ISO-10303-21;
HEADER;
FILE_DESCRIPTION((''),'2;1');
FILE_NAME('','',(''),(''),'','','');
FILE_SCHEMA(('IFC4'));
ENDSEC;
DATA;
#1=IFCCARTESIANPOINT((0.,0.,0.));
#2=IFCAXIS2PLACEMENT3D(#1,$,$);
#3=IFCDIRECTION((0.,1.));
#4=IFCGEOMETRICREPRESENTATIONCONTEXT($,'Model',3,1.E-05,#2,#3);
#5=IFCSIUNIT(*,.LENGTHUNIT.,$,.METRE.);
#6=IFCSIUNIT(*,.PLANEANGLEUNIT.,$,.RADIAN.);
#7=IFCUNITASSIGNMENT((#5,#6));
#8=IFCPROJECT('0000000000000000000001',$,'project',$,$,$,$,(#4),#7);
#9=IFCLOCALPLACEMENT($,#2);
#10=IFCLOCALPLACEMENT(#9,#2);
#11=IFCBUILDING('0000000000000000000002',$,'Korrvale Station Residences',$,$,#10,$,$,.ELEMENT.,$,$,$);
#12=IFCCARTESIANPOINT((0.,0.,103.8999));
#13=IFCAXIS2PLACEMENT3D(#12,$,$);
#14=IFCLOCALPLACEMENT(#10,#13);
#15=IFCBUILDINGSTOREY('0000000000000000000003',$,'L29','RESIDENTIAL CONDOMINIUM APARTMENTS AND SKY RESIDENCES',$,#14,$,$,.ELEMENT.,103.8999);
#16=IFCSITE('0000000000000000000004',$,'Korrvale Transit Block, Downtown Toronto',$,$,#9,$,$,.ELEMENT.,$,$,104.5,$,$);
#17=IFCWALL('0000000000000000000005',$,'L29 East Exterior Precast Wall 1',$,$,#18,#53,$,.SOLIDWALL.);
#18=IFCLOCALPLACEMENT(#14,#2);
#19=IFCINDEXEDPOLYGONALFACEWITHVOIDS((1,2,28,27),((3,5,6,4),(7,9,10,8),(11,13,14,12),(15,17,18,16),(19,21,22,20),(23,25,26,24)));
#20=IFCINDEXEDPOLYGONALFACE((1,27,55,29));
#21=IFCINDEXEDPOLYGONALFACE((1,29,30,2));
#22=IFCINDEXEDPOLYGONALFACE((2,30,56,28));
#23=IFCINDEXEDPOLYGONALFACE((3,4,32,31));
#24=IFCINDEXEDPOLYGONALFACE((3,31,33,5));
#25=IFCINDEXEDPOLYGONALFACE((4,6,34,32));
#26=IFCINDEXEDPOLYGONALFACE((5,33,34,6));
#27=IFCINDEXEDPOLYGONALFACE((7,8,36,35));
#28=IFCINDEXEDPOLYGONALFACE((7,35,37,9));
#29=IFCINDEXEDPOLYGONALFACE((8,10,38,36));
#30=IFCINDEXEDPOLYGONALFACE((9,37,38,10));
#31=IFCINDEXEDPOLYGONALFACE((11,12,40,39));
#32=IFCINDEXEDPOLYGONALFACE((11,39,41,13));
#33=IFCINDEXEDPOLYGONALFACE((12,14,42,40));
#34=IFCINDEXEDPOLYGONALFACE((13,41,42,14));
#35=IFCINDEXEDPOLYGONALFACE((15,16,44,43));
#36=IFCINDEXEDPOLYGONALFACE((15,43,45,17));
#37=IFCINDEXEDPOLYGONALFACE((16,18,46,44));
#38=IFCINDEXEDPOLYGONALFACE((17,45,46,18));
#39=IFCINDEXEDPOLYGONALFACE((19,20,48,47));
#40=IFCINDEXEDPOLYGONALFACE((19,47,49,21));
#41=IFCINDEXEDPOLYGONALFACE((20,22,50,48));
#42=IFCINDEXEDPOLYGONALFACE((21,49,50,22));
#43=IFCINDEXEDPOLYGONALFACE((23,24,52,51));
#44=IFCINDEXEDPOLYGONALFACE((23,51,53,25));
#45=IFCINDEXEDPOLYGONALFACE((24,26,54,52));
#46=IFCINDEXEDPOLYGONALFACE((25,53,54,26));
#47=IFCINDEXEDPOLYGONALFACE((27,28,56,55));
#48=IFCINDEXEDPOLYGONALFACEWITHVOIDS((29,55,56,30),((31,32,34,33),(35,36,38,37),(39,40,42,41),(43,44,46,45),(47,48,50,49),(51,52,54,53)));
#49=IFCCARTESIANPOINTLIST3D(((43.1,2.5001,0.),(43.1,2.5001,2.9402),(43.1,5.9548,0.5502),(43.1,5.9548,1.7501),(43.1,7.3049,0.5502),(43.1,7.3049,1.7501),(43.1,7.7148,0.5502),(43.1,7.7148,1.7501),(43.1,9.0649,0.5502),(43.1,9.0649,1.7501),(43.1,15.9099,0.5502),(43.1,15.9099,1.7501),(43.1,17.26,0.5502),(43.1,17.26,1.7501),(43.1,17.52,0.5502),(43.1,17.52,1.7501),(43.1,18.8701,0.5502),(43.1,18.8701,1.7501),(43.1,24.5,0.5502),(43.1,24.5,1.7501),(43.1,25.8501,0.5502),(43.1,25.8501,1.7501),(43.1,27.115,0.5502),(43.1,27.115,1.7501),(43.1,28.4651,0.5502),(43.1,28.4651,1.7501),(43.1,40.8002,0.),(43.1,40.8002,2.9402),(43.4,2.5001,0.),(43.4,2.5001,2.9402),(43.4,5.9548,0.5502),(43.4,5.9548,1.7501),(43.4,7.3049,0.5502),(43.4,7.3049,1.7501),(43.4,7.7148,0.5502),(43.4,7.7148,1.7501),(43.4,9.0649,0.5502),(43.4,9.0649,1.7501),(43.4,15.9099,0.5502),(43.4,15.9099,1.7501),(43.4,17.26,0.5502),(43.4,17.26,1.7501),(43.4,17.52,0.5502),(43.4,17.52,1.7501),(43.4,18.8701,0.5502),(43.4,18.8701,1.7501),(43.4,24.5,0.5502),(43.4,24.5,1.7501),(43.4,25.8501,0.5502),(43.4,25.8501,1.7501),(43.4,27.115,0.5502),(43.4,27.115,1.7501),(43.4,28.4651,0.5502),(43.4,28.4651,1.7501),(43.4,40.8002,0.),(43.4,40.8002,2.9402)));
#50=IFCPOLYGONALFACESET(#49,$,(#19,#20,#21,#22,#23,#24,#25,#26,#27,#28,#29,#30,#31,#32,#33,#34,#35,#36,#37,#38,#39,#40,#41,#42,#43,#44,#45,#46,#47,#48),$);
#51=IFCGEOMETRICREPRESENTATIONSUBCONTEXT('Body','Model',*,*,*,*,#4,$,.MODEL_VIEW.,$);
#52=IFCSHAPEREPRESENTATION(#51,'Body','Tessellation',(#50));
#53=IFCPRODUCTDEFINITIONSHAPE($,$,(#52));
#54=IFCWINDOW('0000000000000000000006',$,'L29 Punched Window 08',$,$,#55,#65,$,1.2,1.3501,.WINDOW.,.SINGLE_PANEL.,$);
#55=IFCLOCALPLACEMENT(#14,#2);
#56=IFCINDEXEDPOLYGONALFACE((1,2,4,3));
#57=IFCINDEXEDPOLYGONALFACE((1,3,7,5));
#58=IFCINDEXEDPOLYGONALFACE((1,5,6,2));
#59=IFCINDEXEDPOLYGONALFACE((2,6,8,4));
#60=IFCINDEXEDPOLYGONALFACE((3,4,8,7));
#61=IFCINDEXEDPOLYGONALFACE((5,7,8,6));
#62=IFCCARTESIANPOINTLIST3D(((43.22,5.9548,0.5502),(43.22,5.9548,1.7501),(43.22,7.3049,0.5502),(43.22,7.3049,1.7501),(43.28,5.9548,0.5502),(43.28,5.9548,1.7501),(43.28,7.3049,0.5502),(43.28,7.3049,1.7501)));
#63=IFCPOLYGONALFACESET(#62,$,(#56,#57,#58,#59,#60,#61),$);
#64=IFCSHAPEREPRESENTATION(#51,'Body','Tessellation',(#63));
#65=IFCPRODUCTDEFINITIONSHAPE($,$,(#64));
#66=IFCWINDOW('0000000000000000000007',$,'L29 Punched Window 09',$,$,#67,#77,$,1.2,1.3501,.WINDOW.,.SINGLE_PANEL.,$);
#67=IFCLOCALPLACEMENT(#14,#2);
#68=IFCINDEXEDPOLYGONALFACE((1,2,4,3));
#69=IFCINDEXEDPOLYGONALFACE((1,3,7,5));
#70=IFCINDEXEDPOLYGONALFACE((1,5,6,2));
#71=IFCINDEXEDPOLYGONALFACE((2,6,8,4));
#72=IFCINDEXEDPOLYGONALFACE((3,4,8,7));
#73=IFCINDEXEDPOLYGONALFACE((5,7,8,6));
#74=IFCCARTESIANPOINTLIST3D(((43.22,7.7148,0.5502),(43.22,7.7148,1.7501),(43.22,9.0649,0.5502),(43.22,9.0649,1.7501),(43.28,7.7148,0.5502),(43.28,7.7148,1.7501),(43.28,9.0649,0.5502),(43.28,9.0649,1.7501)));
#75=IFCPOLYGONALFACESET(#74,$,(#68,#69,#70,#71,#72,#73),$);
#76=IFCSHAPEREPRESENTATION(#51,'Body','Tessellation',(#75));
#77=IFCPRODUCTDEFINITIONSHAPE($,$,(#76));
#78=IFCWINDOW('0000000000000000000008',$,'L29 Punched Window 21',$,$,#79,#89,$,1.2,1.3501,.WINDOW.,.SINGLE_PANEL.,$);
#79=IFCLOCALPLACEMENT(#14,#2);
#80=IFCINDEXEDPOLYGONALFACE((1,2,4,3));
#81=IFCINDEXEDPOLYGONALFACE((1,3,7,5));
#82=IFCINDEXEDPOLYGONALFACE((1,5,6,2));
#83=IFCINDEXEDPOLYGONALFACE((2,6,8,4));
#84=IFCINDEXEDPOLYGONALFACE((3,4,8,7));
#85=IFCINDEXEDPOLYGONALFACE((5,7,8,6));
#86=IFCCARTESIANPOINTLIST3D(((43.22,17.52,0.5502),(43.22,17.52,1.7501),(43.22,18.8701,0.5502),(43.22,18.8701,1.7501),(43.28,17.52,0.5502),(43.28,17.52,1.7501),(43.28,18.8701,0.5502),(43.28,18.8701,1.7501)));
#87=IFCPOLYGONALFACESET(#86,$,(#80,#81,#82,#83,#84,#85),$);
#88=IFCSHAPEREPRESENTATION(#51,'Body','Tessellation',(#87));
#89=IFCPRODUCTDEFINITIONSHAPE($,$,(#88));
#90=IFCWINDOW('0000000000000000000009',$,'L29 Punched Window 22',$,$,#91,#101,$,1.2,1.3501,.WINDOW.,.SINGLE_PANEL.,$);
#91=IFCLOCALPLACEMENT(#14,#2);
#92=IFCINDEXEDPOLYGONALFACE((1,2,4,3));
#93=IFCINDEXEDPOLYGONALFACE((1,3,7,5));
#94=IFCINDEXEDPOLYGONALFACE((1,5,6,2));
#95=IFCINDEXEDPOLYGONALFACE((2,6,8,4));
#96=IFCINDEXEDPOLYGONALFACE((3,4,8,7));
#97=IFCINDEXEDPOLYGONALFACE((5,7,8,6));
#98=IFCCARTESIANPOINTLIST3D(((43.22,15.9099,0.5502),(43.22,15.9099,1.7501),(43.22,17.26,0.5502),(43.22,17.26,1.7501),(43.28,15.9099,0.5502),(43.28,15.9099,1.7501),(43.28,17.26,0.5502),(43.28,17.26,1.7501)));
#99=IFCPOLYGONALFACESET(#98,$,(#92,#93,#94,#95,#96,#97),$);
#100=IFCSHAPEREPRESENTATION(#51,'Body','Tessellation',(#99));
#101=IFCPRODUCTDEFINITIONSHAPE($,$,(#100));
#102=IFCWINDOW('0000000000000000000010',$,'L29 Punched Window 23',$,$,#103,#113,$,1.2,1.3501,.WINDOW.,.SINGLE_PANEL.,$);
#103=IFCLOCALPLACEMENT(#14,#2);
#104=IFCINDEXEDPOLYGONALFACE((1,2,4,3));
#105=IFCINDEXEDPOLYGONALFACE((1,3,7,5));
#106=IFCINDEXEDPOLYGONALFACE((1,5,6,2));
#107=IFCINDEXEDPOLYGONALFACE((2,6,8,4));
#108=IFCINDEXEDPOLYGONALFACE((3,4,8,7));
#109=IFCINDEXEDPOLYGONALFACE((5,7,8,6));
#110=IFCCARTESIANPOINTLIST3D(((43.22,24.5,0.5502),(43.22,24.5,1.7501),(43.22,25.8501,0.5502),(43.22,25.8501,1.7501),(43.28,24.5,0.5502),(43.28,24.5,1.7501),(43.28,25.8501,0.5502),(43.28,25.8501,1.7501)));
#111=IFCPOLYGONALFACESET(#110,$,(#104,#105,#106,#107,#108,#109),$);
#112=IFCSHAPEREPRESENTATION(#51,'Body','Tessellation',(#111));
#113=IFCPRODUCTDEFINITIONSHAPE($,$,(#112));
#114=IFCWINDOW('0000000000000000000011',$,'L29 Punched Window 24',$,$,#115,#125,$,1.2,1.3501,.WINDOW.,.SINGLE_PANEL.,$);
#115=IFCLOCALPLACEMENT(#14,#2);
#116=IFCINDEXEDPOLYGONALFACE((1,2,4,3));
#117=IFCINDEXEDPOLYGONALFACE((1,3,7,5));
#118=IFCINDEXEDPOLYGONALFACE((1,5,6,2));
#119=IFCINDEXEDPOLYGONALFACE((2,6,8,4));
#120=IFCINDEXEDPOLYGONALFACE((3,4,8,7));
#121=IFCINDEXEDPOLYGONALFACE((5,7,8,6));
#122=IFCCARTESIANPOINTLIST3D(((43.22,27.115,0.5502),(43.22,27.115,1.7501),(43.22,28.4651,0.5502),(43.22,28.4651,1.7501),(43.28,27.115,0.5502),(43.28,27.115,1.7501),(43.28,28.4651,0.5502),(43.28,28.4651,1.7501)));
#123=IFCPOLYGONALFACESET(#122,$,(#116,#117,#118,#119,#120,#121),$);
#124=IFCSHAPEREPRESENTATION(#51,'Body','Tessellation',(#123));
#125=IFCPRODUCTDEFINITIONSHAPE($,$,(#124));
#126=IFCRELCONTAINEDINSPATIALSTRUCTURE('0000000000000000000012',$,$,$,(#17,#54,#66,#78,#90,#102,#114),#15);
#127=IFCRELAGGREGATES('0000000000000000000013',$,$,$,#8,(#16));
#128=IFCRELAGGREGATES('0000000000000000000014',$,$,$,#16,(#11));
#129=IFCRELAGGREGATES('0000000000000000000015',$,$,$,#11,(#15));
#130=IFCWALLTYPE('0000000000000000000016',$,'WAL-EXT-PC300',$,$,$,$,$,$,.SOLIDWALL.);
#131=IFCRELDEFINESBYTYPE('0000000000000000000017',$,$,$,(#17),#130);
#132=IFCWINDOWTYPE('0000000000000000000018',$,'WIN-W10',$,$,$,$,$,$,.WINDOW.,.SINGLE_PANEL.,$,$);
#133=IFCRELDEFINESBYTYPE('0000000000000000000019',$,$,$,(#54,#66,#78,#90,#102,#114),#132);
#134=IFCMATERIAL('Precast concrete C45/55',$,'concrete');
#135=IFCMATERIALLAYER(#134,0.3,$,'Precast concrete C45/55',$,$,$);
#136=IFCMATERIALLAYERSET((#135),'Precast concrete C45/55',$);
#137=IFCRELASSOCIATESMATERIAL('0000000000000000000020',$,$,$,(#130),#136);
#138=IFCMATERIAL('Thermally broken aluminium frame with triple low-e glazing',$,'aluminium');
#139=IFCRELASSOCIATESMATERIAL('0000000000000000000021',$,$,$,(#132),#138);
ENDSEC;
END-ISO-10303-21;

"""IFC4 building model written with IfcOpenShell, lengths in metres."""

from ifc_helpers import new_model, si_unit, direction, frame, frame_2d, origin, place, context, subcontext, project, spatial, rectangle, extrude, material, layer, layer_set, type_object, element, fill, save


model = new_model("IFC4")

# Units and contexts
model_context = context("Model", 3, precision=1e-05, world=origin(), true_north=direction((0.0, 1.0)))
body_context = subcontext(model_context, "Body", "Model", "MODEL_VIEW")
ifc_project = project(units=[si_unit("LENGTHUNIT", "METRE"), si_unit("PLANEANGLEUNIT", "RADIAN")], contexts=[model_context])

# Site, building, storey
site_placement = place(None, origin())
site = spatial("IfcSite", under=ifc_project, at=site_placement, Name="Korrvale Transit Block, Downtown Toronto", CompositionType="ELEMENT", RefElevation=104.5)
building_placement = place(site_placement, origin())
building = spatial("IfcBuilding", under=site, at=building_placement, Name="Korrvale Station Residences", CompositionType="ELEMENT")
storey_placement = place(building_placement, frame((0.0, 0.0, 103.8999)))
storey = spatial("IfcBuildingStorey", under=building, at=storey_placement, Name="L29", Description="RESIDENTIAL CONDOMINIUM APARTMENTS AND SKY RESIDENCES", CompositionType="ELEMENT", Elevation=103.8999)

# Shared definitions
ifc_material_1 = material(Name="Precast concrete C45/55", Category="concrete")

# Shared definitions
ifc_layer_1 = layer(ifc_material_1, 0.3, Name="Precast concrete C45/55")
ifc_layer_set_1 = layer_set([ifc_layer_1], Name="Precast concrete C45/55")
wall_type_1 = type_object("IfcWallType", Name="WAL-EXT-PC300", PredefinedType="SOLIDWALL", material=ifc_layer_set_1)
ifc_material_2 = material(Name="Thermally broken aluminium frame with triple low-e glazing", Category="aluminium")

# Wall, openings, windows
wall_1_placement = place(storey_placement, frame((43.25, 40.8, 0.0), z_axis=(0.0, 0.0, 1.0), x_axis=(0.0, -1.0, 0.0)))
wall_1 = element("IfcWall", 1, at=wall_1_placement, inside=storey, type_object=wall_type_1, Name="L29 East Exterior Precast Wall 1", PredefinedType="SOLIDWALL", context=body_context, shape_type="SweptSolid", body=[
    extrude(rectangle(XDim=38.3, YDim=0.3, at=frame_2d((19.1499, 0.0))), origin(), (0.0, 0.0, 1.0), 2.9402),
])
opening_1_placement = place(wall_1_placement, frame((33.4951, 0.0, 0.55)))
opening_1 = element("IfcOpeningElement", 2, at=opening_1_placement, cuts=wall_1, PredefinedType="OPENING", context=body_context, shape_type="SweptSolid", body=[
    extrude(rectangle(XDim=1.3501, YDim=1.2, at=frame_2d((0.675, 0.6001))), frame((0.0, 0.1602, 0.0), z_axis=(0.0, -1.0, 0.0), x_axis=(1.0, 0.0, 0.0)), (0.0, 0.0, 1.0), 0.3201),
])
opening_2_placement = place(wall_1_placement, frame((31.7351, 0.0, 0.55)))
opening_2 = element("IfcOpeningElement", 3, at=opening_2_placement, cuts=wall_1, PredefinedType="OPENING", context=body_context, shape_type="SweptSolid", body=[
    extrude(rectangle(XDim=1.3501, YDim=1.2, at=frame_2d((0.675, 0.6001))), frame((0.0, 0.1602, 0.0), z_axis=(0.0, -1.0, 0.0), x_axis=(1.0, 0.0, 0.0)), (0.0, 0.0, 1.0), 0.3201),
])
opening_3_placement = place(wall_1_placement, frame((21.9299, 0.0, 0.55)))
opening_3 = element("IfcOpeningElement", 4, at=opening_3_placement, cuts=wall_1, PredefinedType="OPENING", context=body_context, shape_type="SweptSolid", body=[
    extrude(rectangle(XDim=1.3501, YDim=1.2, at=frame_2d((0.675, 0.6001))), frame((0.0, 0.1602, 0.0), z_axis=(0.0, -1.0, 0.0), x_axis=(1.0, 0.0, 0.0)), (0.0, 0.0, 1.0), 0.3201),
])
opening_4_placement = place(wall_1_placement, frame((23.54, 0.0, 0.55)))
opening_4 = element("IfcOpeningElement", 5, at=opening_4_placement, cuts=wall_1, PredefinedType="OPENING", context=body_context, shape_type="SweptSolid", body=[
    extrude(rectangle(XDim=1.3501, YDim=1.2, at=frame_2d((0.675, 0.6001))), frame((0.0, 0.1602, 0.0), z_axis=(0.0, -1.0, 0.0), x_axis=(1.0, 0.0, 0.0)), (0.0, 0.0, 1.0), 0.3201),
])
opening_5_placement = place(wall_1_placement, frame((14.95, 0.0, 0.55)))
opening_5 = element("IfcOpeningElement", 6, at=opening_5_placement, cuts=wall_1, PredefinedType="OPENING", context=body_context, shape_type="SweptSolid", body=[
    extrude(rectangle(XDim=1.3501, YDim=1.2, at=frame_2d((0.675, 0.6001))), frame((0.0, 0.1602, 0.0), z_axis=(0.0, -1.0, 0.0), x_axis=(1.0, 0.0, 0.0)), (0.0, 0.0, 1.0), 0.3201),
])
opening_6_placement = place(wall_1_placement, frame((12.335, 0.0, 0.55)))
opening_6 = element("IfcOpeningElement", 7, at=opening_6_placement, cuts=wall_1, PredefinedType="OPENING", context=body_context, shape_type="SweptSolid", body=[
    extrude(rectangle(XDim=1.3501, YDim=1.2, at=frame_2d((0.675, 0.6001))), frame((0.0, 0.1602, 0.0), z_axis=(0.0, -1.0, 0.0), x_axis=(1.0, 0.0, 0.0)), (0.0, 0.0, 1.0), 0.3201),
])
window_type_1 = type_object("IfcWindowType", Name="WIN-W10", PartitioningType="SINGLE_PANEL", PredefinedType="WINDOW", material=ifc_material_2)
window_1_placement = place(opening_1_placement, origin())
window_1 = element("IfcWindow", 8, at=window_1_placement, inside=storey, type_object=window_type_1, Name="L29 Punched Window 08", OverallHeight=1.2, OverallWidth=1.3501, PartitioningType="SINGLE_PANEL", PredefinedType="WINDOW", context=body_context, shape_type="SweptSolid", body=[
    extrude(rectangle(XDim=1.3501, YDim=1.2, at=frame_2d((0.675, 0.6001))), frame((0.0, 0.03, 0.0), z_axis=(0.0, -1.0, 0.0), x_axis=(1.0, 0.0, 0.0)), (0.0, 0.0, 1.0), 0.0601),
])
fill(opening_1, window_1)
window_2_placement = place(opening_2_placement, origin())
window_2 = element("IfcWindow", 9, at=window_2_placement, inside=storey, type_object=window_type_1, Name="L29 Punched Window 09", OverallHeight=1.2, OverallWidth=1.3501, PartitioningType="SINGLE_PANEL", PredefinedType="WINDOW", context=body_context, shape_type="SweptSolid", body=[
    extrude(rectangle(XDim=1.3501, YDim=1.2, at=frame_2d((0.675, 0.6001))), frame((0.0, 0.03, 0.0), z_axis=(0.0, -1.0, 0.0), x_axis=(1.0, 0.0, 0.0)), (0.0, 0.0, 1.0), 0.0601),
])
fill(opening_2, window_2)
window_3_placement = place(opening_3_placement, origin())
window_3 = element("IfcWindow", 10, at=window_3_placement, inside=storey, type_object=window_type_1, Name="L29 Punched Window 21", OverallHeight=1.2, OverallWidth=1.3501, PartitioningType="SINGLE_PANEL", PredefinedType="WINDOW", context=body_context, shape_type="SweptSolid", body=[
    extrude(rectangle(XDim=1.3501, YDim=1.2, at=frame_2d((0.675, 0.6001))), frame((0.0, 0.03, 0.0), z_axis=(0.0, -1.0, 0.0), x_axis=(1.0, 0.0, 0.0)), (0.0, 0.0, 1.0), 0.0601),
])
fill(opening_3, window_3)
window_4_placement = place(opening_4_placement, origin())
window_4 = element("IfcWindow", 11, at=window_4_placement, inside=storey, type_object=window_type_1, Name="L29 Punched Window 22", OverallHeight=1.2, OverallWidth=1.3501, PartitioningType="SINGLE_PANEL", PredefinedType="WINDOW", context=body_context, shape_type="SweptSolid", body=[
    extrude(rectangle(XDim=1.3501, YDim=1.2, at=frame_2d((0.675, 0.6001))), frame((0.0, 0.03, 0.0), z_axis=(0.0, -1.0, 0.0), x_axis=(1.0, 0.0, 0.0)), (0.0, 0.0, 1.0), 0.0601),
])
fill(opening_4, window_4)
window_5_placement = place(opening_5_placement, origin())
window_5 = element("IfcWindow", 12, at=window_5_placement, inside=storey, type_object=window_type_1, Name="L29 Punched Window 23", OverallHeight=1.2, OverallWidth=1.3501, PartitioningType="SINGLE_PANEL", PredefinedType="WINDOW", context=body_context, shape_type="SweptSolid", body=[
    extrude(rectangle(XDim=1.3501, YDim=1.2, at=frame_2d((0.675, 0.6001))), frame((0.0, 0.03, 0.0), z_axis=(0.0, -1.0, 0.0), x_axis=(1.0, 0.0, 0.0)), (0.0, 0.0, 1.0), 0.0601),
])
fill(opening_5, window_5)
window_6_placement = place(opening_6_placement, origin())
window_6 = element("IfcWindow", 13, at=window_6_placement, inside=storey, type_object=window_type_1, Name="L29 Punched Window 24", OverallHeight=1.2, OverallWidth=1.3501, PartitioningType="SINGLE_PANEL", PredefinedType="WINDOW", context=body_context, shape_type="SweptSolid", body=[
    extrude(rectangle(XDim=1.3501, YDim=1.2, at=frame_2d((0.675, 0.6001))), frame((0.0, 0.03, 0.0), z_axis=(0.0, -1.0, 0.0), x_axis=(1.0, 0.0, 0.0)), (0.0, 0.0, 1.0), 0.0601),
])
fill(opening_6, window_6)

save(model, "model.ifc")
